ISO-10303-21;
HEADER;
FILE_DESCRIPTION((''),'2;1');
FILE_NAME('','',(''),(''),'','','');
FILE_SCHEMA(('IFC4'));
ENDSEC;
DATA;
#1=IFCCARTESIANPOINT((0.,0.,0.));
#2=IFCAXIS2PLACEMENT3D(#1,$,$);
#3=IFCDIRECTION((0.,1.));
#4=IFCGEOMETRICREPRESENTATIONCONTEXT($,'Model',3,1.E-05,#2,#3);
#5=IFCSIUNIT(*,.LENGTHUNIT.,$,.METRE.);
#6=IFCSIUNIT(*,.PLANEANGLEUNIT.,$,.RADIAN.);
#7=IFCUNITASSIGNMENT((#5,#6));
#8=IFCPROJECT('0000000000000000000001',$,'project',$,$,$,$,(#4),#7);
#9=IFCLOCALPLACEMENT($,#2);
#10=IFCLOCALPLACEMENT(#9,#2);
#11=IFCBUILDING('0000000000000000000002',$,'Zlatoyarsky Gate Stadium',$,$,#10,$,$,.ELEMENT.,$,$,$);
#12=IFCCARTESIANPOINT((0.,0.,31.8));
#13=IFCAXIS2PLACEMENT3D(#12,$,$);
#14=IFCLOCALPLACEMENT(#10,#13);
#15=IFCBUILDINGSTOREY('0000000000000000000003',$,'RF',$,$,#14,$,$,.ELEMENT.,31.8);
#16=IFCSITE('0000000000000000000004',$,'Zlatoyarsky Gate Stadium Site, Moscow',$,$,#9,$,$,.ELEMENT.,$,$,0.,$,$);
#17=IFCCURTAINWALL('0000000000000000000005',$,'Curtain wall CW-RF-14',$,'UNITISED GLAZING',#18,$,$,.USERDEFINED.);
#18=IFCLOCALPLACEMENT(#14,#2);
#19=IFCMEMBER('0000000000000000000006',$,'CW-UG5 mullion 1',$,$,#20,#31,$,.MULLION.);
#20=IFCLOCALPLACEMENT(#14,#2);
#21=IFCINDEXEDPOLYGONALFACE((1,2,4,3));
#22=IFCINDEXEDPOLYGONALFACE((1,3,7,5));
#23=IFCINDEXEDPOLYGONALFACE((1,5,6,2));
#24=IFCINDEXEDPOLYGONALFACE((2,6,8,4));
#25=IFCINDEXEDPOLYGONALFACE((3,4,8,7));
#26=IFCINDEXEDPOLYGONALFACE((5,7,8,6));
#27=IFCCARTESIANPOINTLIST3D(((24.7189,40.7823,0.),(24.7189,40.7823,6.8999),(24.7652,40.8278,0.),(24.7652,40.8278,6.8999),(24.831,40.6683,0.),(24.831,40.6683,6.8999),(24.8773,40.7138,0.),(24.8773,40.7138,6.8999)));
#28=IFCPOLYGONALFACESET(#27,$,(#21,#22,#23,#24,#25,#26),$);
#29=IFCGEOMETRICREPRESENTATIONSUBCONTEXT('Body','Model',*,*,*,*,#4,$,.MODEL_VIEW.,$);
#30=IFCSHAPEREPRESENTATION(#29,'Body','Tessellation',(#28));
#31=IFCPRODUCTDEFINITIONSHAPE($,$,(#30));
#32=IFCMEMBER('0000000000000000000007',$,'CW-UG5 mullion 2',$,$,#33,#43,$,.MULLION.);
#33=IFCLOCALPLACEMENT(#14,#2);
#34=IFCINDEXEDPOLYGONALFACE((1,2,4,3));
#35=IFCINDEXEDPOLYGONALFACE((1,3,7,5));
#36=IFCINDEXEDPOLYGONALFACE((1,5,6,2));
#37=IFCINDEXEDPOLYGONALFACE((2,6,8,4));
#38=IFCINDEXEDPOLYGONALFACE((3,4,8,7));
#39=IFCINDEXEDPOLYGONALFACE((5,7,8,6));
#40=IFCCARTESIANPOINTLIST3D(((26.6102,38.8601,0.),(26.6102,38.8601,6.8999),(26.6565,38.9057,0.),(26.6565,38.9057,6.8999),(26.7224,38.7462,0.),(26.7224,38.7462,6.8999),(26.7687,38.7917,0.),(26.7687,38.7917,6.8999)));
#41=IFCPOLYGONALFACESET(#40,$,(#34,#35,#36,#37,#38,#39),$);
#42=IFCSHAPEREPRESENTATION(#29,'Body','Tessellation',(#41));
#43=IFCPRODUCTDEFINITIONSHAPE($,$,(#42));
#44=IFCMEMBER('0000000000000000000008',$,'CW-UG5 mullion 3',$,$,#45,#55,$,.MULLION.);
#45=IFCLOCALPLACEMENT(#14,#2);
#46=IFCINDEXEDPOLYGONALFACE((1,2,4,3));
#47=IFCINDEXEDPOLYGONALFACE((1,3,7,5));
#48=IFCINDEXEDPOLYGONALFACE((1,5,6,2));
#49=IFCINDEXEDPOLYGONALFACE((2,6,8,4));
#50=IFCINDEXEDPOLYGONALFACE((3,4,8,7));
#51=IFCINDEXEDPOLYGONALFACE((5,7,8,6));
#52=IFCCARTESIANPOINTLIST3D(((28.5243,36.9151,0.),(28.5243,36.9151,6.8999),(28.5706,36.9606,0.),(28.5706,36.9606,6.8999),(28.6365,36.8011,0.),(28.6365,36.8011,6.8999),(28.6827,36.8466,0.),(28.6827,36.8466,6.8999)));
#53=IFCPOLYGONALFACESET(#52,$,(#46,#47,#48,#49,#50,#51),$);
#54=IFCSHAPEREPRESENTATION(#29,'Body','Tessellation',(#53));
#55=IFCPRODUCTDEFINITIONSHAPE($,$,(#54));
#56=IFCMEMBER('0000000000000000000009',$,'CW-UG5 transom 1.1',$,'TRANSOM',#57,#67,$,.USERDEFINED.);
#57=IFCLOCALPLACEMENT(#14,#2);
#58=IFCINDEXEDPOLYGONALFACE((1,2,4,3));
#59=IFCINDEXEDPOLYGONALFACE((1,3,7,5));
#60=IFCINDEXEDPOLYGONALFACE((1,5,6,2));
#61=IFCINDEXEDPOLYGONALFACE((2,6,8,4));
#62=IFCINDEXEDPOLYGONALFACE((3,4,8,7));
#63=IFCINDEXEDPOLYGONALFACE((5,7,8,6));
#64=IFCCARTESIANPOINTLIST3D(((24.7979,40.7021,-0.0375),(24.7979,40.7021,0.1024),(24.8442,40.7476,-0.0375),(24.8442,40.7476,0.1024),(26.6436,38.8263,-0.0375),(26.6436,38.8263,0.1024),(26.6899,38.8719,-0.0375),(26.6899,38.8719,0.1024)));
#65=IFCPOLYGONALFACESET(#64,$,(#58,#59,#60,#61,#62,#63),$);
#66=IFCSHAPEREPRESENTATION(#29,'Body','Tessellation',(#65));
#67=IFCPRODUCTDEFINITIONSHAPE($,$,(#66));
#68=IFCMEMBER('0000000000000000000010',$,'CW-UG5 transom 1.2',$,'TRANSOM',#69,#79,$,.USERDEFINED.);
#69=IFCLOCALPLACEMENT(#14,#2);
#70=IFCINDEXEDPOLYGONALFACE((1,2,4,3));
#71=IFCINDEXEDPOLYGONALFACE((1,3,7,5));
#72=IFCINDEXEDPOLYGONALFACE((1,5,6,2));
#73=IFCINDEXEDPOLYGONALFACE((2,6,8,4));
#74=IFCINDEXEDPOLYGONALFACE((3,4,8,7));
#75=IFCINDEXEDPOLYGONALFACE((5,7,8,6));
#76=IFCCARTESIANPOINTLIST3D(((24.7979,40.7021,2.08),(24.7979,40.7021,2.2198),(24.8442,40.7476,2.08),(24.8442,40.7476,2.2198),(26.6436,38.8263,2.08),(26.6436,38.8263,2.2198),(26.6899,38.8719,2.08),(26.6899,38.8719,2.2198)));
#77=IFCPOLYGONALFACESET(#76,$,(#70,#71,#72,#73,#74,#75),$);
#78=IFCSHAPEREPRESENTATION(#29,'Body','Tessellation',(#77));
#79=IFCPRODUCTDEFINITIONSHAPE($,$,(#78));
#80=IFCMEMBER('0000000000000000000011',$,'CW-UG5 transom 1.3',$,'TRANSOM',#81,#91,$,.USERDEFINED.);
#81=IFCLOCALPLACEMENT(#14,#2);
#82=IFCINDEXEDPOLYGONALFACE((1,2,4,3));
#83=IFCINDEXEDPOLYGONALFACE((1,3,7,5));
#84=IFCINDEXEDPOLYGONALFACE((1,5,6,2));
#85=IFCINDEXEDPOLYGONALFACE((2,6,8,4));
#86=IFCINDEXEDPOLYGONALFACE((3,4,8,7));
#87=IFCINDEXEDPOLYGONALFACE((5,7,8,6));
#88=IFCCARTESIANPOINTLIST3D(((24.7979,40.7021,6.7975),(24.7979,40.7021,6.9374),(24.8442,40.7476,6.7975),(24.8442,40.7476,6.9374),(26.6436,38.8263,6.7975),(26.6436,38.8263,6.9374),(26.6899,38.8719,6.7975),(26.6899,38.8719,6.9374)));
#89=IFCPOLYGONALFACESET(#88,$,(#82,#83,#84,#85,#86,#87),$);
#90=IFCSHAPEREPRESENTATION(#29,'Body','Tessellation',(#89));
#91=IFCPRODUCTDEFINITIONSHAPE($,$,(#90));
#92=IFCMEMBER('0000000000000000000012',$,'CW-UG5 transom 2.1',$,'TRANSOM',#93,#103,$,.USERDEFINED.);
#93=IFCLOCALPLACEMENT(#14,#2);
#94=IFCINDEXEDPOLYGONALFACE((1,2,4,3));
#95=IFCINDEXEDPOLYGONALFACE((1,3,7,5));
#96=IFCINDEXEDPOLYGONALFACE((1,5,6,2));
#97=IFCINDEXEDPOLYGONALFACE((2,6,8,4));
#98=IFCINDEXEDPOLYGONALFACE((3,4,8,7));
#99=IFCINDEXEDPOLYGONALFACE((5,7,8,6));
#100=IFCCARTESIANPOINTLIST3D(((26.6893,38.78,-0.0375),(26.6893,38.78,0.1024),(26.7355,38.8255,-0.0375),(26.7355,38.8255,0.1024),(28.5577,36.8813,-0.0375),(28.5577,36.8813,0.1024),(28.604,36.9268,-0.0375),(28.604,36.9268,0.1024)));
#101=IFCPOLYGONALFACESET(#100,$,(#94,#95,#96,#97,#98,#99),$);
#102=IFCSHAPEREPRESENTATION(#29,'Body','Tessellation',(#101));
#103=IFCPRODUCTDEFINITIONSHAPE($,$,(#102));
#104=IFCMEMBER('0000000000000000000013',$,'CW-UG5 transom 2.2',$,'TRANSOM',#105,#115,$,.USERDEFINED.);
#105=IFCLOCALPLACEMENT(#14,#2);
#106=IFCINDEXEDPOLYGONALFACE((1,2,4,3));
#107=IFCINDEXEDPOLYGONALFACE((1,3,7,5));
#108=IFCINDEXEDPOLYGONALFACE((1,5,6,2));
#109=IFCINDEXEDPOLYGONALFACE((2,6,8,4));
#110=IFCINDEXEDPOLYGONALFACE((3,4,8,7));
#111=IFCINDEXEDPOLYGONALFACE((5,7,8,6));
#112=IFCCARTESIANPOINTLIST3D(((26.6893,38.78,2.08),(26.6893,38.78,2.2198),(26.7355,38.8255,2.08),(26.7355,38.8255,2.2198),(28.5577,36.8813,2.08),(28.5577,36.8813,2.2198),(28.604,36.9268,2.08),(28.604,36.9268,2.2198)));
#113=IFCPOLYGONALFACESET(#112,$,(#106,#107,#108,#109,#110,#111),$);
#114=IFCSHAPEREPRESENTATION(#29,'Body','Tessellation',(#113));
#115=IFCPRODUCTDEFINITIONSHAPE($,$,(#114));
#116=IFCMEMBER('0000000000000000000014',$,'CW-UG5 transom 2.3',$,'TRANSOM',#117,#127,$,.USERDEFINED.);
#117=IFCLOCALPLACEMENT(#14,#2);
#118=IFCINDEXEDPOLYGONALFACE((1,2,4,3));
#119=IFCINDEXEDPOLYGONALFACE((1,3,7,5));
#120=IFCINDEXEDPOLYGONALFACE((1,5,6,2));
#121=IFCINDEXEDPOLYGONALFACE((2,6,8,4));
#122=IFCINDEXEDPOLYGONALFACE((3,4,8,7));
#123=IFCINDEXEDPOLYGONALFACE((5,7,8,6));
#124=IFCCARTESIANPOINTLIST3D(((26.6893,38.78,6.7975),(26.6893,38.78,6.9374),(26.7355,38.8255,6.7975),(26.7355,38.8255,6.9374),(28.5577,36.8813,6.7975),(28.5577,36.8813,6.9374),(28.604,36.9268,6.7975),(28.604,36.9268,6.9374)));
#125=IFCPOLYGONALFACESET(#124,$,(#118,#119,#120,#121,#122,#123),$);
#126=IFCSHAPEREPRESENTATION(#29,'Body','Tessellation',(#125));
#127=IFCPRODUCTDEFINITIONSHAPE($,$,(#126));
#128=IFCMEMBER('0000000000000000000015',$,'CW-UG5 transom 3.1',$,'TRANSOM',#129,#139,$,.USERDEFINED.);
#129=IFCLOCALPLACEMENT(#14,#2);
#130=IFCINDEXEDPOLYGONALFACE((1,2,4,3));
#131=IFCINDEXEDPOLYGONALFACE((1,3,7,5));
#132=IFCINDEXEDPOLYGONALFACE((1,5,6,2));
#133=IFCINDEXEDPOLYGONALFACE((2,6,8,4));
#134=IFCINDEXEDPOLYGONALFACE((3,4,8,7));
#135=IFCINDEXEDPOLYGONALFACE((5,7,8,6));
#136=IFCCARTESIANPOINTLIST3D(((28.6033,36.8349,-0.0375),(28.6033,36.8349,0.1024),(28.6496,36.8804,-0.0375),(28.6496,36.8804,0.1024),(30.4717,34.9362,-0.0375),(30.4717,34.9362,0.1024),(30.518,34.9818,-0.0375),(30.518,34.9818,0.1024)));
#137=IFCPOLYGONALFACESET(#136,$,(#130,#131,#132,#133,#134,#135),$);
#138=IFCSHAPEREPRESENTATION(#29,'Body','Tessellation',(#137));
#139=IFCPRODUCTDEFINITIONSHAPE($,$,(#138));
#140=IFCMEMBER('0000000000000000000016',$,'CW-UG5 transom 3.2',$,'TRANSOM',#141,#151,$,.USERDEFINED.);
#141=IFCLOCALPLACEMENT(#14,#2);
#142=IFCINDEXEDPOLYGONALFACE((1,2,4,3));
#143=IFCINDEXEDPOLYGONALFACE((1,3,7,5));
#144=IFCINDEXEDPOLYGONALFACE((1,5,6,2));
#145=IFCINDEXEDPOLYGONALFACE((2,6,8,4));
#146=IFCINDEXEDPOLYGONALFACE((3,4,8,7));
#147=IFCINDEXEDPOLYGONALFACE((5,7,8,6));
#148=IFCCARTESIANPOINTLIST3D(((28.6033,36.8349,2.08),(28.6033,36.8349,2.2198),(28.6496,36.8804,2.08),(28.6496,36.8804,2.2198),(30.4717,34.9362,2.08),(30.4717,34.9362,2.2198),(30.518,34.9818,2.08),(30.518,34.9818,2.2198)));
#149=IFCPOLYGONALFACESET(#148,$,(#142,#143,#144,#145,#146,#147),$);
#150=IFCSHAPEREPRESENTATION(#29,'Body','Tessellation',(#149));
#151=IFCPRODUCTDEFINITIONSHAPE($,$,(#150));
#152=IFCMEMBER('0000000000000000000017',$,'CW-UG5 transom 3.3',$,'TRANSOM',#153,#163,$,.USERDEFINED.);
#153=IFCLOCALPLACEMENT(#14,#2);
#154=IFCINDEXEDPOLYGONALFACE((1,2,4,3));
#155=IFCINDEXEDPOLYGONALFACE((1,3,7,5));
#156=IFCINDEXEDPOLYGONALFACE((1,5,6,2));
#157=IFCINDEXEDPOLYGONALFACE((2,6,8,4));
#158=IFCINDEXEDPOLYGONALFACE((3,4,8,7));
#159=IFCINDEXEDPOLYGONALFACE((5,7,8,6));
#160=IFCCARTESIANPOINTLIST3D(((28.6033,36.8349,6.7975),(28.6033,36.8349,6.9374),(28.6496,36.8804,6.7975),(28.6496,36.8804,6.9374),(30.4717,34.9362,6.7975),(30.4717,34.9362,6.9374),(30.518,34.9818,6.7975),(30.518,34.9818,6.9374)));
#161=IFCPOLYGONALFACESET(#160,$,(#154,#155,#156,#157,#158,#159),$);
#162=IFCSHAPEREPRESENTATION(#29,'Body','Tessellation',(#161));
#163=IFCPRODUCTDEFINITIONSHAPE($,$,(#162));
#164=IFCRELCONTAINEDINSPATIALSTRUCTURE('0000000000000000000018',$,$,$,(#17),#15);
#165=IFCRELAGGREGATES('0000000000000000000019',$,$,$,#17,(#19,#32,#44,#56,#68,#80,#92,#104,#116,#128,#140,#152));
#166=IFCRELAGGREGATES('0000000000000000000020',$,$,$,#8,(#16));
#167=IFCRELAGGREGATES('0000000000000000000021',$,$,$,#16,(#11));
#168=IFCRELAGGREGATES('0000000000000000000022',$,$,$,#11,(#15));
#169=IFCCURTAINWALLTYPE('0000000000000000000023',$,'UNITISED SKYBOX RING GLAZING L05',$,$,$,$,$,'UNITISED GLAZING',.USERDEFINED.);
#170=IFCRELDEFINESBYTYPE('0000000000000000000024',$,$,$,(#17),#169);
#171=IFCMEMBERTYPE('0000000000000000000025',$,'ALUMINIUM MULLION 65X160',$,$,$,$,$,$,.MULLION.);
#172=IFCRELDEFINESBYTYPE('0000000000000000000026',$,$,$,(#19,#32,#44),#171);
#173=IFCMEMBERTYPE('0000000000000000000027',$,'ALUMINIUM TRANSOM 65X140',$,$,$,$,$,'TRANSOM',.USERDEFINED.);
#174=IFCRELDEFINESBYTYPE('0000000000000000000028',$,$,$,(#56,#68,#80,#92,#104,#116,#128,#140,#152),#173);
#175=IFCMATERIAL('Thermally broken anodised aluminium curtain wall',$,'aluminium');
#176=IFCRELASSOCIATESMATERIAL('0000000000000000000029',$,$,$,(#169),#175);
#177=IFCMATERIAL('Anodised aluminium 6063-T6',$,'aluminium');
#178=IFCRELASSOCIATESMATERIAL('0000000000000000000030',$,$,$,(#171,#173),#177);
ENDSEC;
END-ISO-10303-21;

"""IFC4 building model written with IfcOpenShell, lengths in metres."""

from ifc_helpers import new_model, si_unit, direction, frame, origin, origin_2d, place, context, subcontext, project, spatial, rectangle, extrude, material, material_profile, profile_set, type_object, element, aggregate, save


model = new_model("IFC4")

# Units and contexts
model_context = context("Model", 3, precision=1e-05, world=origin(), true_north=direction((0.0, 1.0)))
body_context = subcontext(model_context, "Body", "Model", "MODEL_VIEW")
ifc_project = project(units=[si_unit("LENGTHUNIT", "METRE"), si_unit("PLANEANGLEUNIT", "RADIAN")], contexts=[model_context])

# Site, building, storey
site_placement = place(None, origin())
site = spatial("IfcSite", under=ifc_project, at=site_placement, Name="Zlatoyarsky Gate Stadium Site, Moscow", CompositionType="ELEMENT", RefElevation=0.0)
building_placement = place(site_placement, origin())
building = spatial("IfcBuilding", under=site, at=building_placement, Name="Zlatoyarsky Gate Stadium", CompositionType="ELEMENT")
storey_placement = place(building_placement, frame((0.0, 0.0, 31.8)))
storey = spatial("IfcBuildingStorey", under=building, at=storey_placement, Name="RF", CompositionType="ELEMENT", Elevation=31.8)

# Curtain wall, members
ifc_material_1 = material(Name="Thermally broken anodised aluminium curtain wall", Category="aluminium")
curtain_wall_type = type_object("IfcCurtainWallType", Name="UNITISED SKYBOX RING GLAZING L05", ElementType="UNITISED GLAZING", PredefinedType="USERDEFINED", material=ifc_material_1)
curtain_wall_placement = place(storey_placement, origin())
curtain_wall = element("IfcCurtainWall", 1, at=curtain_wall_placement, inside=storey, type_object=curtain_wall_type, Name="Curtain wall CW-RF-14", ObjectType="UNITISED GLAZING", PredefinedType="USERDEFINED")
ifc_material_2 = material(Name="Anodised aluminium 6063-T6", Category="aluminium")
ifc_material_profile_1 = material_profile(ifc_material_2, rectangle(XDim=0.0649, YDim=0.1599, at=origin_2d()), Name="ALU 65X160")
ifc_profile_set_1 = profile_set([ifc_material_profile_1], Name="Anodised aluminium 6063-T6")
member_type_1 = type_object("IfcMemberType", Name="ALUMINIUM MULLION 65X160", PredefinedType="MULLION", material=ifc_profile_set_1)
member_1_placement = place(storey_placement, frame((24.7981, 40.748, 0.0), z_axis=(0.0, 0.0, 1.0), x_axis=(0.712766, 0.701402, 0.0)))
member_1 = element("IfcMember", 2, at=member_1_placement, type_object=member_type_1, Name="CW-UG5 mullion 1", PredefinedType="MULLION", context=body_context, shape_type="SweptSolid", body=[
    extrude(rectangle(XDim=0.0649, YDim=0.1599, at=origin_2d()), origin(), (0.0, 0.0, 1.0), 6.8999),
])
member_2_placement = place(storey_placement, frame((26.6895, 38.8259, 0.0), z_axis=(0.0, 0.0, 1.0), x_axis=(0.712766, 0.701402, 0.0)))
member_2 = element("IfcMember", 3, at=member_2_placement, type_object=member_type_1, Name="CW-UG5 mullion 2", PredefinedType="MULLION", context=body_context, shape_type="SweptSolid", body=[
    extrude(rectangle(XDim=0.0649, YDim=0.1599, at=origin_2d()), origin(), (0.0, 0.0, 1.0), 6.8999),
])
member_3_placement = place(storey_placement, frame((28.6035, 36.8809, 0.0), z_axis=(0.0, 0.0, 1.0), x_axis=(0.712766, 0.701402, 0.0)))
member_3 = element("IfcMember", 4, at=member_3_placement, type_object=member_type_1, Name="CW-UG5 mullion 3", PredefinedType="MULLION", context=body_context, shape_type="SweptSolid", body=[
    extrude(rectangle(XDim=0.0649, YDim=0.1599, at=origin_2d()), origin(), (0.0, 0.0, 1.0), 6.8999),
])
ifc_material_profile_2 = material_profile(ifc_material_2, rectangle(XDim=0.0649, YDim=0.1399, at=origin_2d()), Name="ALU 65X140")
ifc_profile_set_2 = profile_set([ifc_material_profile_2], Name="Anodised aluminium 6063-T6")
member_type_2 = type_object("IfcMemberType", Name="ALUMINIUM TRANSOM 65X140", ElementType="TRANSOM", PredefinedType="USERDEFINED", material=ifc_profile_set_2)
member_4_placement = place(storey_placement, frame((24.821, 40.7249, 0.0325), z_axis=(0.701378, -0.712789, 0.0), x_axis=(0.712789, 0.701378, 0.0)))
member_4 = element("IfcMember", 5, at=member_4_placement, type_object=member_type_2, Name="CW-UG5 transom 1.1", ObjectType="TRANSOM", PredefinedType="USERDEFINED", context=body_context, shape_type="SweptSolid", body=[
    extrude(rectangle(XDim=0.0649, YDim=0.1399, at=origin_2d()), origin(), (0.0, 0.0, 1.0), 2.6316),
])
member_5_placement = place(storey_placement, frame((24.821, 40.7249, 2.1499), z_axis=(0.701378, -0.712789, 0.0), x_axis=(0.712789, 0.701378, 0.0)))
member_5 = element("IfcMember", 6, at=member_5_placement, type_object=member_type_2, Name="CW-UG5 transom 1.2", ObjectType="TRANSOM", PredefinedType="USERDEFINED", context=body_context, shape_type="SweptSolid", body=[
    extrude(rectangle(XDim=0.0649, YDim=0.1399, at=origin_2d()), origin(), (0.0, 0.0, 1.0), 2.6316),
])
member_6_placement = place(storey_placement, frame((24.821, 40.7249, 6.8674), z_axis=(0.701378, -0.712789, 0.0), x_axis=(0.712789, 0.701378, 0.0)))
member_6 = element("IfcMember", 7, at=member_6_placement, type_object=member_type_2, Name="CW-UG5 transom 1.3", ObjectType="TRANSOM", PredefinedType="USERDEFINED", context=body_context, shape_type="SweptSolid", body=[
    extrude(rectangle(XDim=0.0649, YDim=0.1399, at=origin_2d()), origin(), (0.0, 0.0, 1.0), 2.6316),
])
member_7_placement = place(storey_placement, frame((26.7124, 38.8027, 0.0325), z_axis=(0.701402, -0.712766, 0.0), x_axis=(0.712766, 0.701402, 0.0)))
member_7 = element("IfcMember", 8, at=member_7_placement, type_object=member_type_2, Name="CW-UG5 transom 2.1", ObjectType="TRANSOM", PredefinedType="USERDEFINED", context=body_context, shape_type="SweptSolid", body=[
    extrude(rectangle(XDim=0.0649, YDim=0.1399, at=origin_2d()), origin(), (0.0, 0.0, 1.0), 2.6638),
])
member_8_placement = place(storey_placement, frame((26.7124, 38.8027, 2.1499), z_axis=(0.701402, -0.712766, 0.0), x_axis=(0.712766, 0.701402, 0.0)))
member_8 = element("IfcMember", 9, at=member_8_placement, type_object=member_type_2, Name="CW-UG5 transom 2.2", ObjectType="TRANSOM", PredefinedType="USERDEFINED", context=body_context, shape_type="SweptSolid", body=[
    extrude(rectangle(XDim=0.0649, YDim=0.1399, at=origin_2d()), origin(), (0.0, 0.0, 1.0), 2.6638),
])
member_9_placement = place(storey_placement, frame((26.7124, 38.8027, 6.8674), z_axis=(0.701402, -0.712766, 0.0), x_axis=(0.712766, 0.701402, 0.0)))
member_9 = element("IfcMember", 10, at=member_9_placement, type_object=member_type_2, Name="CW-UG5 transom 2.3", ObjectType="TRANSOM", PredefinedType="USERDEFINED", context=body_context, shape_type="SweptSolid", body=[
    extrude(rectangle(XDim=0.0649, YDim=0.1399, at=origin_2d()), origin(), (0.0, 0.0, 1.0), 2.6638),
])
member_10_placement = place(storey_placement, frame((28.6265, 36.8577, 0.0325), z_axis=(0.701402, -0.712766, 0.0), x_axis=(0.712766, 0.701402, 0.0)))
member_10 = element("IfcMember", 11, at=member_10_placement, type_object=member_type_2, Name="CW-UG5 transom 3.1", ObjectType="TRANSOM", PredefinedType="USERDEFINED", context=body_context, shape_type="SweptSolid", body=[
    extrude(rectangle(XDim=0.0649, YDim=0.1399, at=origin_2d()), origin(), (0.0, 0.0, 1.0), 2.6638),
])
member_11_placement = place(storey_placement, frame((28.6265, 36.8577, 2.1499), z_axis=(0.701402, -0.712766, 0.0), x_axis=(0.712766, 0.701402, 0.0)))
member_11 = element("IfcMember", 12, at=member_11_placement, type_object=member_type_2, Name="CW-UG5 transom 3.2", ObjectType="TRANSOM", PredefinedType="USERDEFINED", context=body_context, shape_type="SweptSolid", body=[
    extrude(rectangle(XDim=0.0649, YDim=0.1399, at=origin_2d()), origin(), (0.0, 0.0, 1.0), 2.6638),
])
member_12_placement = place(storey_placement, frame((28.6265, 36.8577, 6.8674), z_axis=(0.701402, -0.712766, 0.0), x_axis=(0.712766, 0.701402, 0.0)))
member_12 = element("IfcMember", 13, at=member_12_placement, type_object=member_type_2, Name="CW-UG5 transom 3.3", ObjectType="TRANSOM", PredefinedType="USERDEFINED", context=body_context, shape_type="SweptSolid", body=[
    extrude(rectangle(XDim=0.0649, YDim=0.1399, at=origin_2d()), origin(), (0.0, 0.0, 1.0), 2.6638),
])

aggregate(curtain_wall, [member_1, member_2, member_3, member_4, member_5, member_6, member_7, member_8, member_9, member_10, member_11, member_12])

save(model, "model.ifc")
